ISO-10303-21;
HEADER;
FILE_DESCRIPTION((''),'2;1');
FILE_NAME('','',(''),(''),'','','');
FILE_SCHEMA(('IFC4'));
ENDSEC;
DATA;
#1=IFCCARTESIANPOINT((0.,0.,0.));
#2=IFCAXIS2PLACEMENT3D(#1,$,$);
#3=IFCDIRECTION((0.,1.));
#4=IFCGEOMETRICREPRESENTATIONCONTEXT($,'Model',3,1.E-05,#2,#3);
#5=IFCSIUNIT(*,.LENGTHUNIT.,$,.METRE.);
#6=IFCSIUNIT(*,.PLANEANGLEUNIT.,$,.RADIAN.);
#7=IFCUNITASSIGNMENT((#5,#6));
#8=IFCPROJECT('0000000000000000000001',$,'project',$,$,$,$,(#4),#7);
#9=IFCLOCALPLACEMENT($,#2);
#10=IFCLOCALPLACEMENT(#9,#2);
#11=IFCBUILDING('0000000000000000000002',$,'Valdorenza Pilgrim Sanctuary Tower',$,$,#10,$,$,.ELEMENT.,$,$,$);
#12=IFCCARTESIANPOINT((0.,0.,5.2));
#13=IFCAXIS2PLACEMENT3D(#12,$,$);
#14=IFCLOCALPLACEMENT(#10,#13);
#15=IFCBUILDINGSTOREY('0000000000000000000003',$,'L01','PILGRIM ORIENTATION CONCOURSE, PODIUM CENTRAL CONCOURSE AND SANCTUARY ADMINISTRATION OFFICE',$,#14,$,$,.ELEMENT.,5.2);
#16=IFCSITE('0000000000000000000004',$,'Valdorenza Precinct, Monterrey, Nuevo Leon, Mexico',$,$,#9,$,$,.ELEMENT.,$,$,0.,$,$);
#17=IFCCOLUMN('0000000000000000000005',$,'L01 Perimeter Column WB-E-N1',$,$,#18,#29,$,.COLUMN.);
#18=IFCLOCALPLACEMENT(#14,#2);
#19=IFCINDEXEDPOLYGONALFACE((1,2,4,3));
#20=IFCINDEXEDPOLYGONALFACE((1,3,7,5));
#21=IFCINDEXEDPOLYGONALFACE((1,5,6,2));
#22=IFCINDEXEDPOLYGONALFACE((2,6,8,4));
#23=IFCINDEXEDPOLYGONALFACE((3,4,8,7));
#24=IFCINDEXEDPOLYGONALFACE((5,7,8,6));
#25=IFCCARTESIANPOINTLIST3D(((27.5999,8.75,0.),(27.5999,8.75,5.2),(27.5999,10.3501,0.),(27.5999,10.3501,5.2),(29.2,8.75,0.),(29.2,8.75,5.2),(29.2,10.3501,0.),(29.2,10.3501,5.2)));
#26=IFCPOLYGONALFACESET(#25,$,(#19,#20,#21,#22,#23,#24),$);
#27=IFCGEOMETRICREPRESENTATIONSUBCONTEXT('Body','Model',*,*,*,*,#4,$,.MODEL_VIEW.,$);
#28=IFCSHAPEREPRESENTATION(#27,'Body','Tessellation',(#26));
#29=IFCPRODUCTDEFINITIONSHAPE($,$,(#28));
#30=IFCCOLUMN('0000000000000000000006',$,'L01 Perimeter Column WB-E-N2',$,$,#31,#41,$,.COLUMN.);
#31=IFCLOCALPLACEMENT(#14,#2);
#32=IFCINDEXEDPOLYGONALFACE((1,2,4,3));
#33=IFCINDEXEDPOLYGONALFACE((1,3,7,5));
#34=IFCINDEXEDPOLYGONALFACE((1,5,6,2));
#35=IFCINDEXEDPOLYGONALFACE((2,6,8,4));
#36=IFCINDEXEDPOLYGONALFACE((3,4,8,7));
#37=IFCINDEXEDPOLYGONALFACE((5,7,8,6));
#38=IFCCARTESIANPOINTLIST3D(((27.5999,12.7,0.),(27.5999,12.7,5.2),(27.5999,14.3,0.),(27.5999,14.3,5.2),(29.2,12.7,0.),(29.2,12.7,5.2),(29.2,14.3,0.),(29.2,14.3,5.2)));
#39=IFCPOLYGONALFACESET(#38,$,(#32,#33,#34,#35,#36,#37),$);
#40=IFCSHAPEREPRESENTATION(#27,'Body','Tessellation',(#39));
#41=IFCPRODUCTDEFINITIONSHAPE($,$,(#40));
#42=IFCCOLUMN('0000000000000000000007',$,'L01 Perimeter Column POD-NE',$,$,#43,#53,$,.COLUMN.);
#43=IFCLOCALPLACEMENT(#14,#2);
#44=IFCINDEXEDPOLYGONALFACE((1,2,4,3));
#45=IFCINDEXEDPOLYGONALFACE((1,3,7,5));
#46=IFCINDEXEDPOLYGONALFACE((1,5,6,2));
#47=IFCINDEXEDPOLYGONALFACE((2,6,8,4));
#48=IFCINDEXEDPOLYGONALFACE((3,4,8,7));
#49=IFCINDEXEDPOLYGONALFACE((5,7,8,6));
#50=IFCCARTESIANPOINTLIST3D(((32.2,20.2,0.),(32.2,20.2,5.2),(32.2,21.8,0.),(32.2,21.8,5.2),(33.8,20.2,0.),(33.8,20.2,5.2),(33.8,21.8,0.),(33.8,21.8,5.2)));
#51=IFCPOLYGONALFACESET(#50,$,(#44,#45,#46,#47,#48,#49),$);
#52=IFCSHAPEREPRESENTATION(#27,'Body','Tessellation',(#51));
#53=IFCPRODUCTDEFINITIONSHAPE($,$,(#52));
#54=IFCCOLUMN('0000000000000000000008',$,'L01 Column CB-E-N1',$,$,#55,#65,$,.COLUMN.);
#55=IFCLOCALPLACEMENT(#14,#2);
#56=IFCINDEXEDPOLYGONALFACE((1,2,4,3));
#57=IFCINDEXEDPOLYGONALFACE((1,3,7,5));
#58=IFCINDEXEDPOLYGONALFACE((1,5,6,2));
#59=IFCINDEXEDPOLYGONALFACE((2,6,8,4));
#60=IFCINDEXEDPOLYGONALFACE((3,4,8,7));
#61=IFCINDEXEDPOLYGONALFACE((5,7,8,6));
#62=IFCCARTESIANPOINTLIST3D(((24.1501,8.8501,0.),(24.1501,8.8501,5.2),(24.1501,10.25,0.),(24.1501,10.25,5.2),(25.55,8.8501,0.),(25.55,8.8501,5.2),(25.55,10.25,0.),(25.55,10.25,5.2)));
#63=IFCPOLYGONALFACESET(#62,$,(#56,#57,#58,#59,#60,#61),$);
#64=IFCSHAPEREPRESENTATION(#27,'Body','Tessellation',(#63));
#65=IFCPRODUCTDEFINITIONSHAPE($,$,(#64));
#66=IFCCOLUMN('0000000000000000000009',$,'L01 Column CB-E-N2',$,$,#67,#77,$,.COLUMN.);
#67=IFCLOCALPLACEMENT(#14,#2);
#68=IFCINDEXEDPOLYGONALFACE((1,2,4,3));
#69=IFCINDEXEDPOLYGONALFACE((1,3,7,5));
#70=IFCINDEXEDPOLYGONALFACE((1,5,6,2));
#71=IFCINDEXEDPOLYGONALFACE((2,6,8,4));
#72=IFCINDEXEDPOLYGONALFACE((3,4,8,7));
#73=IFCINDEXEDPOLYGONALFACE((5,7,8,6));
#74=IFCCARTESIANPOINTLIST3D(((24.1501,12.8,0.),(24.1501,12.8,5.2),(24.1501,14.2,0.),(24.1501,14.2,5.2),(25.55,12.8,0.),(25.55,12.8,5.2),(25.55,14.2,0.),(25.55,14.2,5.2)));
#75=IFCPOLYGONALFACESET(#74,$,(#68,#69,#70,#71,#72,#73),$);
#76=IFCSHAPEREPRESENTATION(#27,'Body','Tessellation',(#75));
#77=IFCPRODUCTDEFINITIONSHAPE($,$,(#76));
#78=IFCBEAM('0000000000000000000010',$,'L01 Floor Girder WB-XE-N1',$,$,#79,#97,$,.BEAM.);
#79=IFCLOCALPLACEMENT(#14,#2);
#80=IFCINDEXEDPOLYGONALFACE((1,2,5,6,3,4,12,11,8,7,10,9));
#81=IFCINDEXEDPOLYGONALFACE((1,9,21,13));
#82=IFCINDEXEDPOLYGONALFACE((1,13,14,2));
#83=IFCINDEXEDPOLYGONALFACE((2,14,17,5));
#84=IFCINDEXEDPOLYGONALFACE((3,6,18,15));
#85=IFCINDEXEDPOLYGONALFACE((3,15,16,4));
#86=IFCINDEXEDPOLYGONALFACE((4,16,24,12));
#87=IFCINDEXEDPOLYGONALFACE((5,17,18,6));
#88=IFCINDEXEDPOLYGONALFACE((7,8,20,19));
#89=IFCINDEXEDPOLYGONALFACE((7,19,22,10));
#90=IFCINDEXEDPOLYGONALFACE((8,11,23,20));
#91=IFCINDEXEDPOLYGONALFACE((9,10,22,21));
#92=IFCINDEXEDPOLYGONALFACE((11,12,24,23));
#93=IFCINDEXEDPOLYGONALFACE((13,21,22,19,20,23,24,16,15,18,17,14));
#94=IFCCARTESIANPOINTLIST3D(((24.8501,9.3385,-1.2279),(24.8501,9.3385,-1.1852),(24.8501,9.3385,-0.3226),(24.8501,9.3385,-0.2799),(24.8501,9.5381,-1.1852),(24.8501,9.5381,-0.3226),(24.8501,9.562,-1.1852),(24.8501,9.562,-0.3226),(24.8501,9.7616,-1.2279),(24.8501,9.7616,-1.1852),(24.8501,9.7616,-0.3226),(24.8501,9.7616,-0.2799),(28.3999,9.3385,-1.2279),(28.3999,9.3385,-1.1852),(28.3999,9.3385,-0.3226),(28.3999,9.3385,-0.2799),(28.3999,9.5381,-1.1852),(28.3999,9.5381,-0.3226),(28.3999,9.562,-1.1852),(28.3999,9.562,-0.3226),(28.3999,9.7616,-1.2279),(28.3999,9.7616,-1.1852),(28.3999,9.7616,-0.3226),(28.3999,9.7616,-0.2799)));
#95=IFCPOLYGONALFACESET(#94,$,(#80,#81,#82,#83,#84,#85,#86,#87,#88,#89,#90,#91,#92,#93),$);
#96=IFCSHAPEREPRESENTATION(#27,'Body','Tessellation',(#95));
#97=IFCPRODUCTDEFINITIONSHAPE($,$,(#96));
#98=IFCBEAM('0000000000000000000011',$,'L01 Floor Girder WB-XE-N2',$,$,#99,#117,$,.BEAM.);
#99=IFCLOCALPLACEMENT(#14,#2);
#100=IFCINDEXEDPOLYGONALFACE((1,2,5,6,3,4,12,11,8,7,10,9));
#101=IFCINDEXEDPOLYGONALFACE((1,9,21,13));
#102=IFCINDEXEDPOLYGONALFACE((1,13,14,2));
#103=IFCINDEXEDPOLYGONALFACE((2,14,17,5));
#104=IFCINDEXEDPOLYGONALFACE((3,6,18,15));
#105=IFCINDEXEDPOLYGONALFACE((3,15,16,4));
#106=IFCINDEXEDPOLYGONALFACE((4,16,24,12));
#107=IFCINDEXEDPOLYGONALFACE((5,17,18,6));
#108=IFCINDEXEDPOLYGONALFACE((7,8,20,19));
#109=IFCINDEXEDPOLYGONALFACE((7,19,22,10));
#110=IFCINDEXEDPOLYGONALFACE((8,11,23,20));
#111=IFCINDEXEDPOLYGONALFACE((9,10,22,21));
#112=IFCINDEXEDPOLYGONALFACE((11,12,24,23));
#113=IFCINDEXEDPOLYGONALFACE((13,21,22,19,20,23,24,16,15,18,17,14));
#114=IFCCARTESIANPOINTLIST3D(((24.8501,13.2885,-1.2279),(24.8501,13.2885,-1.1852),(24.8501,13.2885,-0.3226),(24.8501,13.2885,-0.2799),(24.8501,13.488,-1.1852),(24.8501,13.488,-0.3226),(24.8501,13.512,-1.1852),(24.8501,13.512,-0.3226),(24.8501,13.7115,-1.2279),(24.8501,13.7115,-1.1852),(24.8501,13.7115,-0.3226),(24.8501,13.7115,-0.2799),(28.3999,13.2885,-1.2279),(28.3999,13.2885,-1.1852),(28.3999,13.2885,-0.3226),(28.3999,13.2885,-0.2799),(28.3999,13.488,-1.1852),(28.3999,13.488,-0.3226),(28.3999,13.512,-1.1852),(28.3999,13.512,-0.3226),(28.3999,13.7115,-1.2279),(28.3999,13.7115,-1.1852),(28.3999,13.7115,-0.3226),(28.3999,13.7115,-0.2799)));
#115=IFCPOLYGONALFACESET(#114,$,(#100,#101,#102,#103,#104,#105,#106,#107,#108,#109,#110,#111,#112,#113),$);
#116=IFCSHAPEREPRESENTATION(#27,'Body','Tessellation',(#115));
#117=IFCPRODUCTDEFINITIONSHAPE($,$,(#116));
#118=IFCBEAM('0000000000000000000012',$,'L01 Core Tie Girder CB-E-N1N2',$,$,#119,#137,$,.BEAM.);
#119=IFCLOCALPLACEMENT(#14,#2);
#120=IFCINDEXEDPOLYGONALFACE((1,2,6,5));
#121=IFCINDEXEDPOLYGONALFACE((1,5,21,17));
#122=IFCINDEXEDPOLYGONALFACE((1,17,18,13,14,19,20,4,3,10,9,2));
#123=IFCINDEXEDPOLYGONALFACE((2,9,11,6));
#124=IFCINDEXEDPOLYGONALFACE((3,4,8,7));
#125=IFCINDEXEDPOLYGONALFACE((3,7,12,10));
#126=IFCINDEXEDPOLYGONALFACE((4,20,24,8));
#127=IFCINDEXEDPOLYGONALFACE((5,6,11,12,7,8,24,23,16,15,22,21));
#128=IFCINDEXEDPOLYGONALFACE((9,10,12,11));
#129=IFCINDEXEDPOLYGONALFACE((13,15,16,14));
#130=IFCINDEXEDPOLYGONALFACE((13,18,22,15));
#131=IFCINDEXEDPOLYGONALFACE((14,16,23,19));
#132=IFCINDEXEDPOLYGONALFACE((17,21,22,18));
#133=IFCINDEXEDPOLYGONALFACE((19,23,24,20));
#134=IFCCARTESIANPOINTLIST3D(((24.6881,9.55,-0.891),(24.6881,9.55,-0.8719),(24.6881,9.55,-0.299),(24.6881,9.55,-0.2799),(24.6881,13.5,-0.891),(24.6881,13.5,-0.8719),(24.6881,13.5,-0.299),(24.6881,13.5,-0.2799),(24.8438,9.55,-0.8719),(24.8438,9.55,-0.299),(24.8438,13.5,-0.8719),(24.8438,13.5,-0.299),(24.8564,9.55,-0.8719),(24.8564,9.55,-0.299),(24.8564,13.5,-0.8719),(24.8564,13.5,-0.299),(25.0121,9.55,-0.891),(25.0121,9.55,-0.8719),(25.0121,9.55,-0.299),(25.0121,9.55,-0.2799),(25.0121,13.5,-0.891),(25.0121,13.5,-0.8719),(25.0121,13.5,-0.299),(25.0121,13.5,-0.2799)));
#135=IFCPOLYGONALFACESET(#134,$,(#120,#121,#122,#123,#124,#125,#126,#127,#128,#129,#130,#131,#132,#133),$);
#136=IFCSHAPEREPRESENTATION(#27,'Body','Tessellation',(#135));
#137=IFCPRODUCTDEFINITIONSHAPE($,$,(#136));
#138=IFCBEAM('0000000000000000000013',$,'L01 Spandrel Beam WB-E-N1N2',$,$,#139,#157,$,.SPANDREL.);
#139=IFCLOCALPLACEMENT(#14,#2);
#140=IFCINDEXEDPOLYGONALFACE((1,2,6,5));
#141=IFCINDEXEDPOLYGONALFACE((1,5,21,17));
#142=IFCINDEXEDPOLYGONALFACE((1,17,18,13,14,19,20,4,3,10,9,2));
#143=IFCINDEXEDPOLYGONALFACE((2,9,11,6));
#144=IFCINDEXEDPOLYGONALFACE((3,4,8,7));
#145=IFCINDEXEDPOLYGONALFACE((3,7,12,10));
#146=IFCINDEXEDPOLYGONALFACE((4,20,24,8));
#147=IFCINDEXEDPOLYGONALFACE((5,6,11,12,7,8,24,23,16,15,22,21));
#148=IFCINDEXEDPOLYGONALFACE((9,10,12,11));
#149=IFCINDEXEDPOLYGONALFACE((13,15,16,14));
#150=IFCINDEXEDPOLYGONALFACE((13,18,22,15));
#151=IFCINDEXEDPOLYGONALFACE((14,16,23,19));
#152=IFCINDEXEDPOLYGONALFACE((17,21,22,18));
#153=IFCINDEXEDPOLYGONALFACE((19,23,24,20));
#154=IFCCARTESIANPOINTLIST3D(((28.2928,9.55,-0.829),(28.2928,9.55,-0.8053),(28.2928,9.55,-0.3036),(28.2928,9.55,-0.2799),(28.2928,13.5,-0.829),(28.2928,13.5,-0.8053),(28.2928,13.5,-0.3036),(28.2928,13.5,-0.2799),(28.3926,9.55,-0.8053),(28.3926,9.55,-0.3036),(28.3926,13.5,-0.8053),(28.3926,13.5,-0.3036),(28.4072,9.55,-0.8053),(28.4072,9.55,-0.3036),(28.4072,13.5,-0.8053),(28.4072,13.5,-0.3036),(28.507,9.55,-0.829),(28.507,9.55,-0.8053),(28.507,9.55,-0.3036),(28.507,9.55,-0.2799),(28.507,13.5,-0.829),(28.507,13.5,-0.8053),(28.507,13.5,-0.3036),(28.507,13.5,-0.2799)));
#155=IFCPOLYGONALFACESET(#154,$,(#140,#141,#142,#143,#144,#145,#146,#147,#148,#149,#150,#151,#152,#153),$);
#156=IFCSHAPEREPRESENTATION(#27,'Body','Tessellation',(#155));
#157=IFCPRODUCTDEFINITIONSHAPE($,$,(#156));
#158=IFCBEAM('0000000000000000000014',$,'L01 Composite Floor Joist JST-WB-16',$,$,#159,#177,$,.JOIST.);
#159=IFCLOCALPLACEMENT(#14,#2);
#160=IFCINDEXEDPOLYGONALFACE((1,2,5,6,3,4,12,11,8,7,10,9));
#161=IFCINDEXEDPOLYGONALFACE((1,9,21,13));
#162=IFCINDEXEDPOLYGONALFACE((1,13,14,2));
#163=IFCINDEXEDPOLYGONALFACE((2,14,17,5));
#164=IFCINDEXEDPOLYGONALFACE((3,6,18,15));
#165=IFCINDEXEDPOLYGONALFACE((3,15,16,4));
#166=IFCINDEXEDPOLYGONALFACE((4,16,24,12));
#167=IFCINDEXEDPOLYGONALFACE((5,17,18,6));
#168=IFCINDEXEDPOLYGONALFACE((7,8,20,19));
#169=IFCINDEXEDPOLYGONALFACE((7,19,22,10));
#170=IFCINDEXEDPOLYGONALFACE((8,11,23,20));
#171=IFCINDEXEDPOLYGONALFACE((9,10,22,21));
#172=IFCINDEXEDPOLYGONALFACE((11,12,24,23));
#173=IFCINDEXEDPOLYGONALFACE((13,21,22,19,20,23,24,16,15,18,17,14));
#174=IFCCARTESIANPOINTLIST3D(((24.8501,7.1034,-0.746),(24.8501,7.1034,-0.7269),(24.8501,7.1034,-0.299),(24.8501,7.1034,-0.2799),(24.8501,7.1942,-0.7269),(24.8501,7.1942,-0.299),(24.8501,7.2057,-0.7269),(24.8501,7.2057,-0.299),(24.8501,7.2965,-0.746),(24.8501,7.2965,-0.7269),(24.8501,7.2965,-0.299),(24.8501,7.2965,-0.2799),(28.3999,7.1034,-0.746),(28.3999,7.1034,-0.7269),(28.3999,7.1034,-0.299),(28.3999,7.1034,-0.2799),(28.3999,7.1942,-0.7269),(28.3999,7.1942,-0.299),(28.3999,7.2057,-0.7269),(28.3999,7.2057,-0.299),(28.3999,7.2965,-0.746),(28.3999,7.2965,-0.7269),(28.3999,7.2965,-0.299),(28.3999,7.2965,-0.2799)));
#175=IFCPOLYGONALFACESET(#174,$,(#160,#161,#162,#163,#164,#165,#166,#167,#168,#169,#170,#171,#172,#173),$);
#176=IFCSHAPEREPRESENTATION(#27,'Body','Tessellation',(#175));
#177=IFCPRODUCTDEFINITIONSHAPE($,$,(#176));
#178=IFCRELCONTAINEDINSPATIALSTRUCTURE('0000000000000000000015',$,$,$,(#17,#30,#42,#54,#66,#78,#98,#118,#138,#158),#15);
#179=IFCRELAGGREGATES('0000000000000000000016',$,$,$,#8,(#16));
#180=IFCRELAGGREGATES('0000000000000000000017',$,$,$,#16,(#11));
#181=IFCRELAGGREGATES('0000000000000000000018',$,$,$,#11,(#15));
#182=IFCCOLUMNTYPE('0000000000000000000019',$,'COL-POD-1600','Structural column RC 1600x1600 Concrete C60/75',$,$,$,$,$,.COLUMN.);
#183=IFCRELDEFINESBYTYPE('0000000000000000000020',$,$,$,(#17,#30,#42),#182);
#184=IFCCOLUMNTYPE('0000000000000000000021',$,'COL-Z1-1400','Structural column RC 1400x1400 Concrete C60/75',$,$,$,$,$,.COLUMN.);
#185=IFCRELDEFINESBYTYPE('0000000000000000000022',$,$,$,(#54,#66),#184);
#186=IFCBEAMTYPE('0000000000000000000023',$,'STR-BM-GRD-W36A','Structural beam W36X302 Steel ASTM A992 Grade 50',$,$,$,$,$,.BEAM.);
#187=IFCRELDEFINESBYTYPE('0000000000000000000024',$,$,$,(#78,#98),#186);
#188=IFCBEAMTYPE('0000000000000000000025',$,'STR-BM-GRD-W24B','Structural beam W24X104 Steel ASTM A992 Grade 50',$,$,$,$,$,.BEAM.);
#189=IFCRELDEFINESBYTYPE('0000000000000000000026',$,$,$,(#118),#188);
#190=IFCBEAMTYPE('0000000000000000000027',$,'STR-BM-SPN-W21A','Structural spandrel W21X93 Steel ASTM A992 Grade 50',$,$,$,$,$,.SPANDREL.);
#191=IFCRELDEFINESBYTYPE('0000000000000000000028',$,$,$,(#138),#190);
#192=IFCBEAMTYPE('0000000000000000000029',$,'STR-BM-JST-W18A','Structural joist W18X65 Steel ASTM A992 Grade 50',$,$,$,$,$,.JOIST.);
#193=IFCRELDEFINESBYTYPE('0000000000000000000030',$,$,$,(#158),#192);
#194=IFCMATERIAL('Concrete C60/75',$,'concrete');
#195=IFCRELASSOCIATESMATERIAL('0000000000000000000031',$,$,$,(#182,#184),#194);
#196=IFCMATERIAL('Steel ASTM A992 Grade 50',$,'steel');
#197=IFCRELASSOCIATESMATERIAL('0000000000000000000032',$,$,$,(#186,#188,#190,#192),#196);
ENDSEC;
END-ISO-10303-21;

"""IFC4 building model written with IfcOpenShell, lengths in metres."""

from ifc_helpers import new_model, si_unit, direction, frame, origin, origin_2d, place, context, subcontext, project, spatial, rectangle, i_section, extrude, source, transform, mapped, material, material_profile, profile_set, type_object, element, save


model = new_model("IFC4")

# Units and contexts
model_context = context("Model", 3, precision=1e-05, world=origin(), true_north=direction((0.0, 1.0)))
body_context = subcontext(model_context, "Body", "Model", "MODEL_VIEW")
ifc_project = project(units=[si_unit("LENGTHUNIT", "METRE"), si_unit("PLANEANGLEUNIT", "RADIAN")], contexts=[model_context])

# Site, building, storey
site_placement = place(None, origin())
site = spatial("IfcSite", under=ifc_project, at=site_placement, Name="Valdorenza Precinct, Monterrey, Nuevo Leon, Mexico", CompositionType="ELEMENT", RefElevation=0.0)
building_placement = place(site_placement, origin())
building = spatial("IfcBuilding", under=site, at=building_placement, Name="Valdorenza Pilgrim Sanctuary Tower", CompositionType="ELEMENT")
storey_placement = place(building_placement, frame((0.0, 0.0, 5.2)))
storey = spatial("IfcBuildingStorey", under=building, at=storey_placement, Name="L01", Description="PILGRIM ORIENTATION CONCOURSE, PODIUM CENTRAL CONCOURSE AND SANCTUARY ADMINISTRATION OFFICE", CompositionType="ELEMENT", Elevation=5.2)

# Columns
ifc_material_1 = material(Name="Concrete C60/75", Category="concrete")
ifc_material_profile_1 = material_profile(ifc_material_1, rectangle(XDim=1.6001, YDim=1.6001, at=origin_2d()), Name="RC 1600x1600")
ifc_profile_set_1 = profile_set([ifc_material_profile_1], Name="Concrete C60/75")
column_type_1 = type_object("IfcColumnType", Name="COL-POD-1600", Description="Structural column RC 1600x1600 Concrete C60/75", PredefinedType="COLUMN", material=ifc_profile_set_1)
shared_shape_1 = source(origin(), body_context, "Body", "SweptSolid", [
    extrude(rectangle(XDim=1.6001, YDim=1.6001, at=origin_2d()), origin(), (0.0, 0.0, 1.0), 5.2),
])
for number, where, z_axis, x_axis, name in (
    (1, (28.3999, 9.55, 0.0), (0.0, 0.0, 1.0), (1.0, 0.0, 0.0), "L01 Perimeter Column WB-E-N1"),
    (2, (28.3999, 13.5, 0.0), (0.0, 0.0, 1.0), (1.0, 0.0, 0.0), "L01 Perimeter Column WB-E-N2"),
    (3, (33.0, 21.0, 0.0), (0.0, 0.0, 1.0), (1.0, 0.0, 0.0), "L01 Perimeter Column POD-NE"),
):
    element("IfcColumn", number, at=place(storey_placement, frame(where, z_axis=z_axis, x_axis=x_axis)), inside=storey, type_object=column_type_1, Name=name, PredefinedType="COLUMN", context=body_context, shape_type="MappedRepresentation", body=[
        mapped(shared_shape_1, transform((0.0, 0.0, 0.0), x_axis=(1.0, 0.0, 0.0), y_axis=(0.0, 1.0, 0.0), z_axis=(0.0, 0.0, 1.0), scale=1.0)),
    ])
ifc_material_profile_2 = material_profile(ifc_material_1, rectangle(XDim=1.3999, YDim=1.3999, at=origin_2d()), Name="RC 1400x1400")
ifc_profile_set_2 = profile_set([ifc_material_profile_2], Name="Concrete C60/75")
column_type_2 = type_object("IfcColumnType", Name="COL-Z1-1400", Description="Structural column RC 1400x1400 Concrete C60/75", PredefinedType="COLUMN", material=ifc_profile_set_2)
shared_shape_2 = source(origin(), body_context, "Body", "SweptSolid", [
    extrude(rectangle(XDim=1.3999, YDim=1.3999, at=origin_2d()), origin(), (0.0, 0.0, 1.0), 5.2),
])
for number, where, z_axis, x_axis, name in (
    (4, (24.8501, 9.55, 0.0), (0.0, 0.0, 1.0), (1.0, 0.0, 0.0), "L01 Column CB-E-N1"),
    (5, (24.8501, 13.5, 0.0), (0.0, 0.0, 1.0), (1.0, 0.0, 0.0), "L01 Column CB-E-N2"),
):
    element("IfcColumn", number, at=place(storey_placement, frame(where, z_axis=z_axis, x_axis=x_axis)), inside=storey, type_object=column_type_2, Name=name, PredefinedType="COLUMN", context=body_context, shape_type="MappedRepresentation", body=[
        mapped(shared_shape_2, transform((0.0, 0.0, 0.0), x_axis=(1.0, 0.0, 0.0), y_axis=(0.0, 1.0, 0.0), z_axis=(0.0, 0.0, 1.0), scale=1.0)),
    ])

# Beams
ifc_material_2 = material(Name="Steel ASTM A992 Grade 50", Category="steel")
ifc_material_profile_3 = material_profile(ifc_material_2, i_section(OverallWidth=0.4231, OverallDepth=0.948, WebThickness=0.0239, FlangeThickness=0.0427, at=origin_2d()), Name="W36X302")
ifc_profile_set_3 = profile_set([ifc_material_profile_3], Name="Steel ASTM A992 Grade 50")
beam_type_1 = type_object("IfcBeamType", Name="STR-BM-GRD-W36A", Description="Structural beam W36X302 Steel ASTM A992 Grade 50", PredefinedType="BEAM", material=ifc_profile_set_3)
shared_shape_3 = source(origin(), body_context, "Body", "SweptSolid", [
    extrude(i_section(OverallWidth=0.4231, OverallDepth=0.948, WebThickness=0.0239, FlangeThickness=0.0427, at=origin_2d()), origin(), (0.0, 0.0, 1.0), 3.5498),
])
for number, where, z_axis, x_axis, name in (
    (6, (24.8501, 9.55, -0.7539), (1.0, 0.0, 0.0), (0.0, 1.0, 0.0), "L01 Floor Girder WB-XE-N1"),
    (7, (24.8501, 13.5, -0.7539), (1.0, 0.0, 0.0), (0.0, 1.0, 0.0), "L01 Floor Girder WB-XE-N2"),
):
    element("IfcBeam", number, at=place(storey_placement, frame(where, z_axis=z_axis, x_axis=x_axis)), inside=storey, type_object=beam_type_1, Name=name, PredefinedType="BEAM", context=body_context, shape_type="MappedRepresentation", body=[
        mapped(shared_shape_3, transform((0.0, 0.0, 0.0), x_axis=(1.0, 0.0, 0.0), y_axis=(0.0, 1.0, 0.0), z_axis=(0.0, 0.0, 1.0), scale=1.0)),
    ])
ifc_material_profile_4 = material_profile(ifc_material_2, i_section(OverallWidth=0.324, OverallDepth=0.6111, WebThickness=0.0127, FlangeThickness=0.019, at=origin_2d()), Name="W24X104")
ifc_profile_set_4 = profile_set([ifc_material_profile_4], Name="Steel ASTM A992 Grade 50")
beam_type_2 = type_object("IfcBeamType", Name="STR-BM-GRD-W24B", Description="Structural beam W24X104 Steel ASTM A992 Grade 50", PredefinedType="BEAM", material=ifc_profile_set_4)
shared_shape_4 = source(origin(), body_context, "Body", "SweptSolid", [
    extrude(i_section(OverallWidth=0.324, OverallDepth=0.6111, WebThickness=0.0127, FlangeThickness=0.019, at=origin_2d()), origin(), (0.0, 0.0, 1.0), 3.95),
])
beam_1_placement = place(storey_placement, frame((24.8501, 9.55, -0.5854), z_axis=(0.0, 1.0, 0.0), x_axis=(-1.0, 0.0, 0.0)))
element("IfcBeam", 8, at=beam_1_placement, inside=storey, type_object=beam_type_2, Name="L01 Core Tie Girder CB-E-N1N2", PredefinedType="BEAM", context=body_context, shape_type="MappedRepresentation", body=[
    mapped(shared_shape_4, transform((0.0, 0.0, 0.0), x_axis=(1.0, 0.0, 0.0), y_axis=(0.0, 1.0, 0.0), z_axis=(0.0, 0.0, 1.0), scale=1.0)),
])
ifc_material_profile_5 = material_profile(ifc_material_2, i_section(OverallWidth=0.2141, OverallDepth=0.5491, WebThickness=0.0146, FlangeThickness=0.0237, at=origin_2d()), Name="W21X93")
ifc_profile_set_5 = profile_set([ifc_material_profile_5], Name="Steel ASTM A992 Grade 50")
beam_type_3 = type_object("IfcBeamType", Name="STR-BM-SPN-W21A", Description="Structural spandrel W21X93 Steel ASTM A992 Grade 50", PredefinedType="SPANDREL", material=ifc_profile_set_5)
shared_shape_5 = source(origin(), body_context, "Body", "SweptSolid", [
    extrude(i_section(OverallWidth=0.2141, OverallDepth=0.5491, WebThickness=0.0146, FlangeThickness=0.0237, at=origin_2d()), origin(), (0.0, 0.0, 1.0), 3.95),
])
beam_2_placement = place(storey_placement, frame((28.3999, 9.55, -0.5544), z_axis=(0.0, 1.0, 0.0), x_axis=(-1.0, 0.0, 0.0)))
element("IfcBeam", 9, at=beam_2_placement, inside=storey, type_object=beam_type_3, Name="L01 Spandrel Beam WB-E-N1N2", PredefinedType="SPANDREL", context=body_context, shape_type="MappedRepresentation", body=[
    mapped(shared_shape_5, transform((0.0, 0.0, 0.0), x_axis=(1.0, 0.0, 0.0), y_axis=(0.0, 1.0, 0.0), z_axis=(0.0, 0.0, 1.0), scale=1.0)),
])
ifc_material_profile_6 = material_profile(ifc_material_2, i_section(OverallWidth=0.1931, OverallDepth=0.4661, WebThickness=0.0115, FlangeThickness=0.019, at=origin_2d()), Name="W18X65")
ifc_profile_set_6 = profile_set([ifc_material_profile_6], Name="Steel ASTM A992 Grade 50")
beam_type_4 = type_object("IfcBeamType", Name="STR-BM-JST-W18A", Description="Structural joist W18X65 Steel ASTM A992 Grade 50", PredefinedType="JOIST", material=ifc_profile_set_6)
shared_shape_6 = source(origin(), body_context, "Body", "SweptSolid", [
    extrude(i_section(OverallWidth=0.1931, OverallDepth=0.4661, WebThickness=0.0115, FlangeThickness=0.019, at=origin_2d()), origin(), (0.0, 0.0, 1.0), 3.5498),
])
for number, where, z_axis, x_axis, name in (
    (10, (24.8501, 7.2, -0.5129), (1.0, 0.0, 0.0), (0.0, 1.0, 0.0), "L01 Composite Floor Joist JST-WB-16"),
):
    element("IfcBeam", number, at=place(storey_placement, frame(where, z_axis=z_axis, x_axis=x_axis)), inside=storey, type_object=beam_type_4, Name=name, PredefinedType="JOIST", context=body_context, shape_type="MappedRepresentation", body=[
        mapped(shared_shape_6, transform((0.0, 0.0, 0.0), x_axis=(1.0, 0.0, 0.0), y_axis=(0.0, 1.0, 0.0), z_axis=(0.0, 0.0, 1.0), scale=1.0)),
    ])

save(model, "model.ifc")
